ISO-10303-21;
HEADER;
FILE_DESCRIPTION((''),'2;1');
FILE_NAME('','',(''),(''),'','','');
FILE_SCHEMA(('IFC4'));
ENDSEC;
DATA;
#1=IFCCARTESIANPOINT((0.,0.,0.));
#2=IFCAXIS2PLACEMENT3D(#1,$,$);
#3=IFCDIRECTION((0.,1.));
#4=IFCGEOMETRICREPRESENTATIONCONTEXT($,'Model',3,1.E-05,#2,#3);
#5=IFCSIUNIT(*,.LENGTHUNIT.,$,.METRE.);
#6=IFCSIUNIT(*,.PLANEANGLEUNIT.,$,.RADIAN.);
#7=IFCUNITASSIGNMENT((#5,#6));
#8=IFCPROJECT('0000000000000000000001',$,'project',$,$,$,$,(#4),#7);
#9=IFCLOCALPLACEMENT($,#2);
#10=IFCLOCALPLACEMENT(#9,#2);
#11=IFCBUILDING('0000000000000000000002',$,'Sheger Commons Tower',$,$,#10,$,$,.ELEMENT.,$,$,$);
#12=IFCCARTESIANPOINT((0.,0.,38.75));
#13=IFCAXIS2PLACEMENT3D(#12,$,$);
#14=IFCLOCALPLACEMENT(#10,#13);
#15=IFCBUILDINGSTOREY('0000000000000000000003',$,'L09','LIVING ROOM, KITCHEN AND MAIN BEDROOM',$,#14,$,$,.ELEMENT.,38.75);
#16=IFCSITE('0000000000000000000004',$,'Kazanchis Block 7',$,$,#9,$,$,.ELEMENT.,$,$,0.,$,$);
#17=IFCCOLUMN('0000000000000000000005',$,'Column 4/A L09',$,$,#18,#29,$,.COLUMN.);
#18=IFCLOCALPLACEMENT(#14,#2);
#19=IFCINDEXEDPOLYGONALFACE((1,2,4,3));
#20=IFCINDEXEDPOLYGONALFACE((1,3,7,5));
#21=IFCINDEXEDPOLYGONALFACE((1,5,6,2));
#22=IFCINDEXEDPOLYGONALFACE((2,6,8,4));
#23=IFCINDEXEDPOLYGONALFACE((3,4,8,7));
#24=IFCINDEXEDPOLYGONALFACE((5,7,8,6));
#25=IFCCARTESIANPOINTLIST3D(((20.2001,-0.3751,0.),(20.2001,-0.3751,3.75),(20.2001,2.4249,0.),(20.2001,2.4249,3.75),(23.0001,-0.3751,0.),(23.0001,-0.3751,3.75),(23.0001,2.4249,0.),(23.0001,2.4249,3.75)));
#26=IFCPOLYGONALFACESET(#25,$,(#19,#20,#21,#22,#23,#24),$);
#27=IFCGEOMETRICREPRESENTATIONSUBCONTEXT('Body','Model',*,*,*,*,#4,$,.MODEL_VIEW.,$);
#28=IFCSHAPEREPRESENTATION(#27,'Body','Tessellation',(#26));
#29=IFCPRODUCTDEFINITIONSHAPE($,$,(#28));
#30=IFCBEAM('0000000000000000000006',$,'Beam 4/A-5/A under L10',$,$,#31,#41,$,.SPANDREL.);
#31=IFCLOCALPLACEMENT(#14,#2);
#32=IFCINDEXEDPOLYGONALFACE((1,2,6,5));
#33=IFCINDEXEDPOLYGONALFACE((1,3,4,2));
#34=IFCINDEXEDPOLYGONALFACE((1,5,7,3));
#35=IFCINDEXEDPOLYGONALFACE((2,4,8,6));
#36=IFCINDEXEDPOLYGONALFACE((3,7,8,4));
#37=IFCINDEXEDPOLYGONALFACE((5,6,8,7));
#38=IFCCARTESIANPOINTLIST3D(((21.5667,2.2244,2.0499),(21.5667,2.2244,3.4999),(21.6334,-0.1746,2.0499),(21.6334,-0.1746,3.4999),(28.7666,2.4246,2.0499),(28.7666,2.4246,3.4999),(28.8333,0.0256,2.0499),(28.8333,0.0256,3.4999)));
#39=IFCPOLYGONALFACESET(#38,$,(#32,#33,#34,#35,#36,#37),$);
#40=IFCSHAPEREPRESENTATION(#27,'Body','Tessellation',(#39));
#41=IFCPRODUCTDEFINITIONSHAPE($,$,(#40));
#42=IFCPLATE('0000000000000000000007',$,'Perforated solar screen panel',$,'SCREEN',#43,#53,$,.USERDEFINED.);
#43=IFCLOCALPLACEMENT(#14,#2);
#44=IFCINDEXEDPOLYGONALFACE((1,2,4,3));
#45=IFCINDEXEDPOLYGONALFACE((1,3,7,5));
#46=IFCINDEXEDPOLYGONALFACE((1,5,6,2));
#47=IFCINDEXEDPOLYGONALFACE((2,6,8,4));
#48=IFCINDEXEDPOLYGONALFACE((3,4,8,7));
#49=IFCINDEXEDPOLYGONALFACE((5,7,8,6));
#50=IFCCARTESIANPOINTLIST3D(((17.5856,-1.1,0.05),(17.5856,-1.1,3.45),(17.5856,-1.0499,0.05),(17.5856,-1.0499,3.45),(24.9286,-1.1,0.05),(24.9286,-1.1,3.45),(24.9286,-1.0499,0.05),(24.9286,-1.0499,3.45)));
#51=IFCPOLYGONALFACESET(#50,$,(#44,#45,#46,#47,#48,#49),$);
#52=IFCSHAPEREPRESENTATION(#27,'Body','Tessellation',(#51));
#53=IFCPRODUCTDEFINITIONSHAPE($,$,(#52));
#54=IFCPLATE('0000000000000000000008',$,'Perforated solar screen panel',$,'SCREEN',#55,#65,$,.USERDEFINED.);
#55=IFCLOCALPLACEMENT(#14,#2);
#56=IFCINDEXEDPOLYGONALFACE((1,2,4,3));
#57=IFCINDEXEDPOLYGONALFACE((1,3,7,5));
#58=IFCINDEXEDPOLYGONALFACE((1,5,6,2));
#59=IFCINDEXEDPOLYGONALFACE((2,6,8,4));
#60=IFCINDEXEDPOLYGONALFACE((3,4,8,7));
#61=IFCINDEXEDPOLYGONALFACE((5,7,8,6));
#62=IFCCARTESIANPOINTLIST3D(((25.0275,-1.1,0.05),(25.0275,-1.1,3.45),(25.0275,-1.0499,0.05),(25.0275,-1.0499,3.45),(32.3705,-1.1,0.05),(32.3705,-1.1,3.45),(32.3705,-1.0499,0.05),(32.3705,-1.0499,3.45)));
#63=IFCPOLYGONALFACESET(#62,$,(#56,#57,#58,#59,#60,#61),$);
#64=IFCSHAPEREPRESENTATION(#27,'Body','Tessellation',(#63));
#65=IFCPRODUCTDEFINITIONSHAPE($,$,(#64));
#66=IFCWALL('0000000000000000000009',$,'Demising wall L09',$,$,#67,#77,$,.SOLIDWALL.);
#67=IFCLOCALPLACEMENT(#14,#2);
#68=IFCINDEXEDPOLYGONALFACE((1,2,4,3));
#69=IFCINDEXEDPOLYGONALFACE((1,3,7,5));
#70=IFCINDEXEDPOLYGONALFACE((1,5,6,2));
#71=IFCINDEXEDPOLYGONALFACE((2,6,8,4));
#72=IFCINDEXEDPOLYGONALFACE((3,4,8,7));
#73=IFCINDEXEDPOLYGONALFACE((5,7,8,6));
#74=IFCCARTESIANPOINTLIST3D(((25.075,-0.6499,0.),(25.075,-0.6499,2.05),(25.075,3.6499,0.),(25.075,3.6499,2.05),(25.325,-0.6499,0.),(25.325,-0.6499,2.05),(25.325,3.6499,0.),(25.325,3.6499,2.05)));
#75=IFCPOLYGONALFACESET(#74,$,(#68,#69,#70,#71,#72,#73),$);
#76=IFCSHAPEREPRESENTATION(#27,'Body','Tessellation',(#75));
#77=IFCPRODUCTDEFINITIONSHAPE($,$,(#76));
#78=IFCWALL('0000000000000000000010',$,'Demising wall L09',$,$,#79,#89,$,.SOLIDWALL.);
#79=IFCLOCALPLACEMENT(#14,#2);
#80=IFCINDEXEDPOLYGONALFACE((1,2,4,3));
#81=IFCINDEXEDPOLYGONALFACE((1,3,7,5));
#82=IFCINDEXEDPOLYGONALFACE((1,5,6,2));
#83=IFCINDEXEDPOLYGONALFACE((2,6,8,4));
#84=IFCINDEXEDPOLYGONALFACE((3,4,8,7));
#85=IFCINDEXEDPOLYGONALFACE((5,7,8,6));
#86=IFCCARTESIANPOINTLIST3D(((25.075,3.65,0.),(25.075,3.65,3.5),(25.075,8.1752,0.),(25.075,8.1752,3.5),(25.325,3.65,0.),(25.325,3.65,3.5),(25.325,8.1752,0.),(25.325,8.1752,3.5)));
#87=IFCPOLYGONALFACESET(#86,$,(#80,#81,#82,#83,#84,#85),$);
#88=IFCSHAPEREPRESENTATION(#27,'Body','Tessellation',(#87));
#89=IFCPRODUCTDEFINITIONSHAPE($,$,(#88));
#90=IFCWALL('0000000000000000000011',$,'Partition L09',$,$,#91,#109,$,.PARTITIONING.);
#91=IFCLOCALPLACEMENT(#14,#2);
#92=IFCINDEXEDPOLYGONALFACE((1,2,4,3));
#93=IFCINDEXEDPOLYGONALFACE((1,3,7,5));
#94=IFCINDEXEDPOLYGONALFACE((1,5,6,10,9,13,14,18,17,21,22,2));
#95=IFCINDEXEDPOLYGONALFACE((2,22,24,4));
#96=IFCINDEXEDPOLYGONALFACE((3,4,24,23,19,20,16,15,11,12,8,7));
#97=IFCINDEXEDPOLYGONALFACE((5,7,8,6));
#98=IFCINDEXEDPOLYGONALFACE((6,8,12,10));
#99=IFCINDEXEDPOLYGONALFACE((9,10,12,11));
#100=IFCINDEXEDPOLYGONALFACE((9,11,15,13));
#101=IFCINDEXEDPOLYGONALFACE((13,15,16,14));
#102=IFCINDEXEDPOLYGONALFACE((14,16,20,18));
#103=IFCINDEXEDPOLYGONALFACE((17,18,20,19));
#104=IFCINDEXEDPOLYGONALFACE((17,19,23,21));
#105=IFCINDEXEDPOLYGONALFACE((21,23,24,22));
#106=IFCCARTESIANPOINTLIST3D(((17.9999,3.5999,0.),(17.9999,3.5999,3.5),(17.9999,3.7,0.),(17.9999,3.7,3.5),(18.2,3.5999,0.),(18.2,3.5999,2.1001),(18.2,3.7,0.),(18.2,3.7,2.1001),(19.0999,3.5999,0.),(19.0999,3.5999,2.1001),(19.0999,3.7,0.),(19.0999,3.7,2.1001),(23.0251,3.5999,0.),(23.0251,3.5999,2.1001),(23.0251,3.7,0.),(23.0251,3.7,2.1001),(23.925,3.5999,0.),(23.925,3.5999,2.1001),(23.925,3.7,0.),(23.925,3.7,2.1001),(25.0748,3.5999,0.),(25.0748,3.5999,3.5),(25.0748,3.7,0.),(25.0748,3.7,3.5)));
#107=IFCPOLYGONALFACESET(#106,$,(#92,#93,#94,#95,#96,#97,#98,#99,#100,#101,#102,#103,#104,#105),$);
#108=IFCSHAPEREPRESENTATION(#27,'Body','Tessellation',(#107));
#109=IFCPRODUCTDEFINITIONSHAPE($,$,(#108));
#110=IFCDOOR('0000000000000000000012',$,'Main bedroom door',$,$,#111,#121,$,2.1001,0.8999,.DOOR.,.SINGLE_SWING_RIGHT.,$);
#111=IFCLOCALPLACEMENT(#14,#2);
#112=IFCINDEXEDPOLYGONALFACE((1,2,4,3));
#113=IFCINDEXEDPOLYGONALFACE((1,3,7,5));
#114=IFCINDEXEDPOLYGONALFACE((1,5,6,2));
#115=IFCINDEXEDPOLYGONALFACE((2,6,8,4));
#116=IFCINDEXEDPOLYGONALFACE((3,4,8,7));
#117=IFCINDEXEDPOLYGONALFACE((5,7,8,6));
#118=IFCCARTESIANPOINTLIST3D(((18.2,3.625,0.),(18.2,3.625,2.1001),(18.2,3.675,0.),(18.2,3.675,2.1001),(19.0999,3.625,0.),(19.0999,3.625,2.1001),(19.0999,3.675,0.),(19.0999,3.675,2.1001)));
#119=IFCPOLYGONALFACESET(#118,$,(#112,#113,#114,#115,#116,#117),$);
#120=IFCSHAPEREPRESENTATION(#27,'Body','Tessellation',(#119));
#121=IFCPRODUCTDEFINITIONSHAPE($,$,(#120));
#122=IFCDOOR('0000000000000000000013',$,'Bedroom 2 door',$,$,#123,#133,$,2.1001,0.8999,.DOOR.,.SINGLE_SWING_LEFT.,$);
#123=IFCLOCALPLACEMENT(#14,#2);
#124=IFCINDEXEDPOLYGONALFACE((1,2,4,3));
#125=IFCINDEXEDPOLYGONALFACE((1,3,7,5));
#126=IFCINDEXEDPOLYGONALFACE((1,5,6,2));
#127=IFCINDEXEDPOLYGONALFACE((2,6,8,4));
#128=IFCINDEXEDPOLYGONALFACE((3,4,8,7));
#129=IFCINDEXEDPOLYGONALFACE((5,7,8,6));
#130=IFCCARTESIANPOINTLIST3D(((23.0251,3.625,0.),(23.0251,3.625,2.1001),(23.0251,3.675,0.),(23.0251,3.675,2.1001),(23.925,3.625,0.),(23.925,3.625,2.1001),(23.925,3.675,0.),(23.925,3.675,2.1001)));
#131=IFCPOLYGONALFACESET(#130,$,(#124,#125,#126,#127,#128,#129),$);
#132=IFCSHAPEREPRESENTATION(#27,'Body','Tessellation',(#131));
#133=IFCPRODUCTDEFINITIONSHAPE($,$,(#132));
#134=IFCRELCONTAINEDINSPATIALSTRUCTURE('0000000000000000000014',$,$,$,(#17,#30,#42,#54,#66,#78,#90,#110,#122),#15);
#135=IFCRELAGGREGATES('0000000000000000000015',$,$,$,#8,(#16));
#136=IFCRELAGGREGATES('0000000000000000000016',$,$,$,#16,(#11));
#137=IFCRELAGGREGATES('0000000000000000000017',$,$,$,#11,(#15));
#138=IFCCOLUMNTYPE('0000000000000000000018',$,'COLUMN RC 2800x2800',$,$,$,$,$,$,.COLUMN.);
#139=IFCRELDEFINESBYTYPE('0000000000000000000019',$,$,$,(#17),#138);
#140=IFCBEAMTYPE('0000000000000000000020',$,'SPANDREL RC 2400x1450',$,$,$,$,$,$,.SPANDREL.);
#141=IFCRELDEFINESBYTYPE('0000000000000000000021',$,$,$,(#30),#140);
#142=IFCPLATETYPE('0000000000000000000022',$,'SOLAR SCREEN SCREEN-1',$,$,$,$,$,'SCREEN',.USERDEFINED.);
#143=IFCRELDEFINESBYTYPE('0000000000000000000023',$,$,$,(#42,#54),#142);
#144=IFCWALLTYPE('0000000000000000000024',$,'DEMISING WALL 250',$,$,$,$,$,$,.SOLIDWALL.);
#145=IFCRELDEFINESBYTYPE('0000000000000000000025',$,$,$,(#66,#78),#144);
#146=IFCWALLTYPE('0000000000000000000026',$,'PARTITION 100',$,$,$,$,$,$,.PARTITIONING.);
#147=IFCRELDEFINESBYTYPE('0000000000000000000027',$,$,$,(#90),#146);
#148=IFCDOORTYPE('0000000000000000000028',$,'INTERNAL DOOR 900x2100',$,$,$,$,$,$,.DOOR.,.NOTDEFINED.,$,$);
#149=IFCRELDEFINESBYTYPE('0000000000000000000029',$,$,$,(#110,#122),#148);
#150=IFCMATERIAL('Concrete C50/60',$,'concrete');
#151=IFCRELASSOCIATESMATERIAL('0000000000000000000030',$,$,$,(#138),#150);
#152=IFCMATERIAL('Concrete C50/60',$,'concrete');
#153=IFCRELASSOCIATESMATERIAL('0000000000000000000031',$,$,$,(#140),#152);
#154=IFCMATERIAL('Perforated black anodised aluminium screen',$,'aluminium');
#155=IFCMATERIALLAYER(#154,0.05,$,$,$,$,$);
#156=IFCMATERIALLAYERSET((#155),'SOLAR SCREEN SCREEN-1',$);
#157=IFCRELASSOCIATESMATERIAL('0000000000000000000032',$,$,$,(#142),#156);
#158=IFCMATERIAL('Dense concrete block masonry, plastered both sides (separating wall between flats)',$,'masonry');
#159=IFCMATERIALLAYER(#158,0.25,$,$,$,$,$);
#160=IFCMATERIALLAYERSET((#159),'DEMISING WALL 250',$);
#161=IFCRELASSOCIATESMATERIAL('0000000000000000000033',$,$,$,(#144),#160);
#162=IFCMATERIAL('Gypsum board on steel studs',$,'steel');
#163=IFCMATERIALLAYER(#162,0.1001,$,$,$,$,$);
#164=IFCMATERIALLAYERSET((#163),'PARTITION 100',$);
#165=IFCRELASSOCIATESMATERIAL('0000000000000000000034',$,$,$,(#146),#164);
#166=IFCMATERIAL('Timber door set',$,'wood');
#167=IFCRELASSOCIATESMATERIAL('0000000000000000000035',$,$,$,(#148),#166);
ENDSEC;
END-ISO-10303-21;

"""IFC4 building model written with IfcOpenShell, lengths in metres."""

from ifc_helpers import new_model, si_unit, direction, frame, frame_2d, origin, origin_2d, place, context, subcontext, project, spatial, rectangle, extrude, material, layer, layer_set, material_profile, profile_set, type_object, element, fill, save


model = new_model("IFC4")

# Units and contexts
model_context = context("Model", 3, precision=1e-05, world=origin(), true_north=direction((0.0, 1.0)))
body_context = subcontext(model_context, "Body", "Model", "MODEL_VIEW")
ifc_project = project(units=[si_unit("LENGTHUNIT", "METRE"), si_unit("PLANEANGLEUNIT", "RADIAN")], contexts=[model_context])

# Site, building, storey
site_placement = place(None, origin())
site = spatial("IfcSite", under=ifc_project, at=site_placement, Name="Kazanchis Block 7", CompositionType="ELEMENT", RefElevation=0.0)
building_placement = place(site_placement, origin())
building = spatial("IfcBuilding", under=site, at=building_placement, Name="Sheger Commons Tower", CompositionType="ELEMENT")
storey_placement = place(building_placement, frame((0.0, 0.0, 38.75)))
storey = spatial("IfcBuildingStorey", under=building, at=storey_placement, Name="L09", Description="LIVING ROOM, KITCHEN AND MAIN BEDROOM", CompositionType="ELEMENT", Elevation=38.75)

# Column
ifc_material_1 = material(Name="Concrete C50/60", Category="concrete")
ifc_material_profile_1 = material_profile(ifc_material_1, rectangle(XDim=2.8, YDim=2.8, at=origin_2d()), Name="RC 2800x2800")
ifc_profile_set_1 = profile_set([ifc_material_profile_1], Name="Concrete C50/60")
column_type = type_object("IfcColumnType", Name="COLUMN RC 2800x2800", PredefinedType="COLUMN", material=ifc_profile_set_1)
column_placement = place(storey_placement, frame((21.6001, 1.0249, 0.0), z_axis=(0.0, 0.0, 1.0), x_axis=(1.0, 0.0, 0.0)))
element("IfcColumn", 1, at=column_placement, inside=storey, type_object=column_type, Name="Column 4/A L09", PredefinedType="COLUMN", context=body_context, shape_type="SweptSolid", body=[
    extrude(rectangle(XDim=2.8, YDim=2.8, at=origin_2d()), origin(), (0.0, 0.0, 1.0), 3.75),
])

# Beam
ifc_material_2 = material(Name="Concrete C50/60", Category="concrete")
ifc_material_profile_2 = material_profile(ifc_material_2, rectangle(XDim=2.3999, YDim=1.45, at=origin_2d()), Name="RC 2400x1450")
ifc_profile_set_2 = profile_set([ifc_material_profile_2], Name="Concrete C50/60")
beam_type = type_object("IfcBeamType", Name="SPANDREL RC 2400x1450", PredefinedType="SPANDREL", material=ifc_profile_set_2)
beam_placement = place(storey_placement, frame((21.6001, 1.0249, 2.7749), z_axis=(0.999614, 0.027794, 0.0), x_axis=(-0.027794, 0.999614, 0.0)))
element("IfcBeam", 2, at=beam_placement, inside=storey, type_object=beam_type, Name="Beam 4/A-5/A under L10", PredefinedType="SPANDREL", context=body_context, shape_type="SweptSolid", body=[
    extrude(rectangle(XDim=2.3999, YDim=1.45, at=origin_2d()), origin(), (0.0, 0.0, 1.0), 7.2026),
])

# Plates
ifc_material_3 = material(Name="Perforated black anodised aluminium screen", Category="aluminium")
ifc_layer_1 = layer(ifc_material_3, 0.05)
ifc_layer_set_1 = layer_set([ifc_layer_1], Name="SOLAR SCREEN SCREEN-1")
plate_type = type_object("IfcPlateType", Name="SOLAR SCREEN SCREEN-1", ElementType="SCREEN", PredefinedType="USERDEFINED", material=ifc_layer_set_1)
for number, where, z_axis, x_axis, name in (
    (3, (21.2571, -1.075, 0.05), (0.0, 0.0, 1.0), (1.0, 0.0, 0.0), "Perforated solar screen panel"),
    (4, (28.699, -1.075, 0.05), (0.0, 0.0, 1.0), (1.0, 0.0, 0.0), "Perforated solar screen panel"),
):
    element("IfcPlate", number, at=place(storey_placement, frame(where, z_axis=z_axis, x_axis=x_axis)), inside=storey, type_object=plate_type, Name=name, ObjectType="SCREEN", PredefinedType="USERDEFINED", context=body_context, shape_type="SweptSolid", body=[
        extrude(rectangle(XDim=7.343, YDim=0.05, at=origin_2d()), origin(), (0.0, 0.0, 1.0), 3.3999),
    ])

# Walls
ifc_material_4 = material(Name="Dense concrete block masonry, plastered both sides (separating wall between flats)", Category="masonry")
ifc_layer_2 = layer(ifc_material_4, 0.25)
ifc_layer_set_2 = layer_set([ifc_layer_2], Name="DEMISING WALL 250")
wall_type_1 = type_object("IfcWallType", Name="DEMISING WALL 250", PredefinedType="SOLIDWALL", material=ifc_layer_set_2)
wall_1_placement = place(storey_placement, frame((25.2, -0.6499, 0.0), z_axis=(0.0, 0.0, 1.0), x_axis=(0.0, 1.0, 0.0)))
element("IfcWall", 5, at=wall_1_placement, inside=storey, type_object=wall_type_1, Name="Demising wall L09", PredefinedType="SOLIDWALL", context=body_context, shape_type="SweptSolid", body=[
    extrude(rectangle(XDim=4.2998, YDim=0.25, at=frame_2d((2.1499, 0.0))), origin(), (0.0, 0.0, 1.0), 2.05),
])
wall_2_placement = place(storey_placement, frame((25.2, 3.6499, 0.0), z_axis=(0.0, 0.0, 1.0), x_axis=(0.0, 1.0, 0.0)))
element("IfcWall", 6, at=wall_2_placement, inside=storey, type_object=wall_type_1, Name="Demising wall L09", PredefinedType="SOLIDWALL", context=body_context, shape_type="SweptSolid", body=[
    extrude(rectangle(XDim=4.5251, YDim=0.25, at=frame_2d((2.2627, 0.0))), origin(), (0.0, 0.0, 1.0), 3.5),
])

# Wall, openings, doors
ifc_material_5 = material(Name="Gypsum board on steel studs", Category="steel")
ifc_layer_3 = layer(ifc_material_5, 0.1001)
ifc_layer_set_3 = layer_set([ifc_layer_3], Name="PARTITION 100")
wall_type_2 = type_object("IfcWallType", Name="PARTITION 100", PredefinedType="PARTITIONING", material=ifc_layer_set_3)
wall_3_placement = place(storey_placement, frame((25.075, 3.6499, 0.0), z_axis=(0.0, 0.0, 1.0), x_axis=(-1.0, 0.0, 0.0)))
wall_3 = element("IfcWall", 7, at=wall_3_placement, inside=storey, type_object=wall_type_2, Name="Partition L09", PredefinedType="PARTITIONING", context=body_context, shape_type="SweptSolid", body=[
    extrude(rectangle(XDim=7.075, YDim=0.1001, at=frame_2d((3.5376, 0.0))), origin(), (0.0, 0.0, 1.0), 3.5),
])
opening_1_placement = place(wall_3_placement, frame((5.9751, 0.0, 0.0)))
opening_1 = element("IfcOpeningElement", 8, at=opening_1_placement, cuts=wall_3, PredefinedType="OPENING", context=body_context, shape_type="SweptSolid", body=[
    extrude(rectangle(XDim=0.8999, YDim=2.1001, at=frame_2d((0.45, 1.05))), frame((0.0, 0.0601, 0.0), z_axis=(0.0, -1.0, 0.0), x_axis=(1.0, 0.0, 0.0)), (0.0, 0.0, 1.0), 0.1201),
])
opening_2_placement = place(wall_3_placement, frame((1.1499, 0.0, 0.0)))
opening_2 = element("IfcOpeningElement", 9, at=opening_2_placement, cuts=wall_3, PredefinedType="OPENING", context=body_context, shape_type="SweptSolid", body=[
    extrude(rectangle(XDim=0.8999, YDim=2.1001, at=frame_2d((0.45, 1.05))), frame((0.0, 0.0601, 0.0), z_axis=(0.0, -1.0, 0.0), x_axis=(1.0, 0.0, 0.0)), (0.0, 0.0, 1.0), 0.1201),
])
ifc_material_6 = material(Name="Timber door set", Category="wood")
door_type = type_object("IfcDoorType", Name="INTERNAL DOOR 900x2100", OperationType="NOTDEFINED", PredefinedType="DOOR", material=ifc_material_6)
door_1_placement = place(opening_1_placement, origin())
door_1 = element("IfcDoor", 10, at=door_1_placement, inside=storey, type_object=door_type, Name="Main bedroom door", OperationType="SINGLE_SWING_RIGHT", OverallHeight=2.1001, OverallWidth=0.8999, PredefinedType="DOOR", context=body_context, shape_type="SweptSolid", body=[
    extrude(rectangle(XDim=0.8999, YDim=2.1001, at=frame_2d((0.45, 1.05))), frame((0.0, 0.0249, 0.0), z_axis=(0.0, -1.0, 0.0), x_axis=(1.0, 0.0, 0.0)), (0.0, 0.0, 1.0), 0.05),
])
fill(opening_1, door_1)
door_2_placement = place(opening_2_placement, origin())
door_2 = element("IfcDoor", 11, at=door_2_placement, inside=storey, type_object=door_type, Name="Bedroom 2 door", OperationType="SINGLE_SWING_LEFT", OverallHeight=2.1001, OverallWidth=0.8999, PredefinedType="DOOR", context=body_context, shape_type="SweptSolid", body=[
    extrude(rectangle(XDim=0.8999, YDim=2.1001, at=frame_2d((0.45, 1.05))), frame((0.0, 0.0249, 0.0), z_axis=(0.0, -1.0, 0.0), x_axis=(1.0, 0.0, 0.0)), (0.0, 0.0, 1.0), 0.05),
])
fill(opening_2, door_2)

save(model, "model.ifc")
